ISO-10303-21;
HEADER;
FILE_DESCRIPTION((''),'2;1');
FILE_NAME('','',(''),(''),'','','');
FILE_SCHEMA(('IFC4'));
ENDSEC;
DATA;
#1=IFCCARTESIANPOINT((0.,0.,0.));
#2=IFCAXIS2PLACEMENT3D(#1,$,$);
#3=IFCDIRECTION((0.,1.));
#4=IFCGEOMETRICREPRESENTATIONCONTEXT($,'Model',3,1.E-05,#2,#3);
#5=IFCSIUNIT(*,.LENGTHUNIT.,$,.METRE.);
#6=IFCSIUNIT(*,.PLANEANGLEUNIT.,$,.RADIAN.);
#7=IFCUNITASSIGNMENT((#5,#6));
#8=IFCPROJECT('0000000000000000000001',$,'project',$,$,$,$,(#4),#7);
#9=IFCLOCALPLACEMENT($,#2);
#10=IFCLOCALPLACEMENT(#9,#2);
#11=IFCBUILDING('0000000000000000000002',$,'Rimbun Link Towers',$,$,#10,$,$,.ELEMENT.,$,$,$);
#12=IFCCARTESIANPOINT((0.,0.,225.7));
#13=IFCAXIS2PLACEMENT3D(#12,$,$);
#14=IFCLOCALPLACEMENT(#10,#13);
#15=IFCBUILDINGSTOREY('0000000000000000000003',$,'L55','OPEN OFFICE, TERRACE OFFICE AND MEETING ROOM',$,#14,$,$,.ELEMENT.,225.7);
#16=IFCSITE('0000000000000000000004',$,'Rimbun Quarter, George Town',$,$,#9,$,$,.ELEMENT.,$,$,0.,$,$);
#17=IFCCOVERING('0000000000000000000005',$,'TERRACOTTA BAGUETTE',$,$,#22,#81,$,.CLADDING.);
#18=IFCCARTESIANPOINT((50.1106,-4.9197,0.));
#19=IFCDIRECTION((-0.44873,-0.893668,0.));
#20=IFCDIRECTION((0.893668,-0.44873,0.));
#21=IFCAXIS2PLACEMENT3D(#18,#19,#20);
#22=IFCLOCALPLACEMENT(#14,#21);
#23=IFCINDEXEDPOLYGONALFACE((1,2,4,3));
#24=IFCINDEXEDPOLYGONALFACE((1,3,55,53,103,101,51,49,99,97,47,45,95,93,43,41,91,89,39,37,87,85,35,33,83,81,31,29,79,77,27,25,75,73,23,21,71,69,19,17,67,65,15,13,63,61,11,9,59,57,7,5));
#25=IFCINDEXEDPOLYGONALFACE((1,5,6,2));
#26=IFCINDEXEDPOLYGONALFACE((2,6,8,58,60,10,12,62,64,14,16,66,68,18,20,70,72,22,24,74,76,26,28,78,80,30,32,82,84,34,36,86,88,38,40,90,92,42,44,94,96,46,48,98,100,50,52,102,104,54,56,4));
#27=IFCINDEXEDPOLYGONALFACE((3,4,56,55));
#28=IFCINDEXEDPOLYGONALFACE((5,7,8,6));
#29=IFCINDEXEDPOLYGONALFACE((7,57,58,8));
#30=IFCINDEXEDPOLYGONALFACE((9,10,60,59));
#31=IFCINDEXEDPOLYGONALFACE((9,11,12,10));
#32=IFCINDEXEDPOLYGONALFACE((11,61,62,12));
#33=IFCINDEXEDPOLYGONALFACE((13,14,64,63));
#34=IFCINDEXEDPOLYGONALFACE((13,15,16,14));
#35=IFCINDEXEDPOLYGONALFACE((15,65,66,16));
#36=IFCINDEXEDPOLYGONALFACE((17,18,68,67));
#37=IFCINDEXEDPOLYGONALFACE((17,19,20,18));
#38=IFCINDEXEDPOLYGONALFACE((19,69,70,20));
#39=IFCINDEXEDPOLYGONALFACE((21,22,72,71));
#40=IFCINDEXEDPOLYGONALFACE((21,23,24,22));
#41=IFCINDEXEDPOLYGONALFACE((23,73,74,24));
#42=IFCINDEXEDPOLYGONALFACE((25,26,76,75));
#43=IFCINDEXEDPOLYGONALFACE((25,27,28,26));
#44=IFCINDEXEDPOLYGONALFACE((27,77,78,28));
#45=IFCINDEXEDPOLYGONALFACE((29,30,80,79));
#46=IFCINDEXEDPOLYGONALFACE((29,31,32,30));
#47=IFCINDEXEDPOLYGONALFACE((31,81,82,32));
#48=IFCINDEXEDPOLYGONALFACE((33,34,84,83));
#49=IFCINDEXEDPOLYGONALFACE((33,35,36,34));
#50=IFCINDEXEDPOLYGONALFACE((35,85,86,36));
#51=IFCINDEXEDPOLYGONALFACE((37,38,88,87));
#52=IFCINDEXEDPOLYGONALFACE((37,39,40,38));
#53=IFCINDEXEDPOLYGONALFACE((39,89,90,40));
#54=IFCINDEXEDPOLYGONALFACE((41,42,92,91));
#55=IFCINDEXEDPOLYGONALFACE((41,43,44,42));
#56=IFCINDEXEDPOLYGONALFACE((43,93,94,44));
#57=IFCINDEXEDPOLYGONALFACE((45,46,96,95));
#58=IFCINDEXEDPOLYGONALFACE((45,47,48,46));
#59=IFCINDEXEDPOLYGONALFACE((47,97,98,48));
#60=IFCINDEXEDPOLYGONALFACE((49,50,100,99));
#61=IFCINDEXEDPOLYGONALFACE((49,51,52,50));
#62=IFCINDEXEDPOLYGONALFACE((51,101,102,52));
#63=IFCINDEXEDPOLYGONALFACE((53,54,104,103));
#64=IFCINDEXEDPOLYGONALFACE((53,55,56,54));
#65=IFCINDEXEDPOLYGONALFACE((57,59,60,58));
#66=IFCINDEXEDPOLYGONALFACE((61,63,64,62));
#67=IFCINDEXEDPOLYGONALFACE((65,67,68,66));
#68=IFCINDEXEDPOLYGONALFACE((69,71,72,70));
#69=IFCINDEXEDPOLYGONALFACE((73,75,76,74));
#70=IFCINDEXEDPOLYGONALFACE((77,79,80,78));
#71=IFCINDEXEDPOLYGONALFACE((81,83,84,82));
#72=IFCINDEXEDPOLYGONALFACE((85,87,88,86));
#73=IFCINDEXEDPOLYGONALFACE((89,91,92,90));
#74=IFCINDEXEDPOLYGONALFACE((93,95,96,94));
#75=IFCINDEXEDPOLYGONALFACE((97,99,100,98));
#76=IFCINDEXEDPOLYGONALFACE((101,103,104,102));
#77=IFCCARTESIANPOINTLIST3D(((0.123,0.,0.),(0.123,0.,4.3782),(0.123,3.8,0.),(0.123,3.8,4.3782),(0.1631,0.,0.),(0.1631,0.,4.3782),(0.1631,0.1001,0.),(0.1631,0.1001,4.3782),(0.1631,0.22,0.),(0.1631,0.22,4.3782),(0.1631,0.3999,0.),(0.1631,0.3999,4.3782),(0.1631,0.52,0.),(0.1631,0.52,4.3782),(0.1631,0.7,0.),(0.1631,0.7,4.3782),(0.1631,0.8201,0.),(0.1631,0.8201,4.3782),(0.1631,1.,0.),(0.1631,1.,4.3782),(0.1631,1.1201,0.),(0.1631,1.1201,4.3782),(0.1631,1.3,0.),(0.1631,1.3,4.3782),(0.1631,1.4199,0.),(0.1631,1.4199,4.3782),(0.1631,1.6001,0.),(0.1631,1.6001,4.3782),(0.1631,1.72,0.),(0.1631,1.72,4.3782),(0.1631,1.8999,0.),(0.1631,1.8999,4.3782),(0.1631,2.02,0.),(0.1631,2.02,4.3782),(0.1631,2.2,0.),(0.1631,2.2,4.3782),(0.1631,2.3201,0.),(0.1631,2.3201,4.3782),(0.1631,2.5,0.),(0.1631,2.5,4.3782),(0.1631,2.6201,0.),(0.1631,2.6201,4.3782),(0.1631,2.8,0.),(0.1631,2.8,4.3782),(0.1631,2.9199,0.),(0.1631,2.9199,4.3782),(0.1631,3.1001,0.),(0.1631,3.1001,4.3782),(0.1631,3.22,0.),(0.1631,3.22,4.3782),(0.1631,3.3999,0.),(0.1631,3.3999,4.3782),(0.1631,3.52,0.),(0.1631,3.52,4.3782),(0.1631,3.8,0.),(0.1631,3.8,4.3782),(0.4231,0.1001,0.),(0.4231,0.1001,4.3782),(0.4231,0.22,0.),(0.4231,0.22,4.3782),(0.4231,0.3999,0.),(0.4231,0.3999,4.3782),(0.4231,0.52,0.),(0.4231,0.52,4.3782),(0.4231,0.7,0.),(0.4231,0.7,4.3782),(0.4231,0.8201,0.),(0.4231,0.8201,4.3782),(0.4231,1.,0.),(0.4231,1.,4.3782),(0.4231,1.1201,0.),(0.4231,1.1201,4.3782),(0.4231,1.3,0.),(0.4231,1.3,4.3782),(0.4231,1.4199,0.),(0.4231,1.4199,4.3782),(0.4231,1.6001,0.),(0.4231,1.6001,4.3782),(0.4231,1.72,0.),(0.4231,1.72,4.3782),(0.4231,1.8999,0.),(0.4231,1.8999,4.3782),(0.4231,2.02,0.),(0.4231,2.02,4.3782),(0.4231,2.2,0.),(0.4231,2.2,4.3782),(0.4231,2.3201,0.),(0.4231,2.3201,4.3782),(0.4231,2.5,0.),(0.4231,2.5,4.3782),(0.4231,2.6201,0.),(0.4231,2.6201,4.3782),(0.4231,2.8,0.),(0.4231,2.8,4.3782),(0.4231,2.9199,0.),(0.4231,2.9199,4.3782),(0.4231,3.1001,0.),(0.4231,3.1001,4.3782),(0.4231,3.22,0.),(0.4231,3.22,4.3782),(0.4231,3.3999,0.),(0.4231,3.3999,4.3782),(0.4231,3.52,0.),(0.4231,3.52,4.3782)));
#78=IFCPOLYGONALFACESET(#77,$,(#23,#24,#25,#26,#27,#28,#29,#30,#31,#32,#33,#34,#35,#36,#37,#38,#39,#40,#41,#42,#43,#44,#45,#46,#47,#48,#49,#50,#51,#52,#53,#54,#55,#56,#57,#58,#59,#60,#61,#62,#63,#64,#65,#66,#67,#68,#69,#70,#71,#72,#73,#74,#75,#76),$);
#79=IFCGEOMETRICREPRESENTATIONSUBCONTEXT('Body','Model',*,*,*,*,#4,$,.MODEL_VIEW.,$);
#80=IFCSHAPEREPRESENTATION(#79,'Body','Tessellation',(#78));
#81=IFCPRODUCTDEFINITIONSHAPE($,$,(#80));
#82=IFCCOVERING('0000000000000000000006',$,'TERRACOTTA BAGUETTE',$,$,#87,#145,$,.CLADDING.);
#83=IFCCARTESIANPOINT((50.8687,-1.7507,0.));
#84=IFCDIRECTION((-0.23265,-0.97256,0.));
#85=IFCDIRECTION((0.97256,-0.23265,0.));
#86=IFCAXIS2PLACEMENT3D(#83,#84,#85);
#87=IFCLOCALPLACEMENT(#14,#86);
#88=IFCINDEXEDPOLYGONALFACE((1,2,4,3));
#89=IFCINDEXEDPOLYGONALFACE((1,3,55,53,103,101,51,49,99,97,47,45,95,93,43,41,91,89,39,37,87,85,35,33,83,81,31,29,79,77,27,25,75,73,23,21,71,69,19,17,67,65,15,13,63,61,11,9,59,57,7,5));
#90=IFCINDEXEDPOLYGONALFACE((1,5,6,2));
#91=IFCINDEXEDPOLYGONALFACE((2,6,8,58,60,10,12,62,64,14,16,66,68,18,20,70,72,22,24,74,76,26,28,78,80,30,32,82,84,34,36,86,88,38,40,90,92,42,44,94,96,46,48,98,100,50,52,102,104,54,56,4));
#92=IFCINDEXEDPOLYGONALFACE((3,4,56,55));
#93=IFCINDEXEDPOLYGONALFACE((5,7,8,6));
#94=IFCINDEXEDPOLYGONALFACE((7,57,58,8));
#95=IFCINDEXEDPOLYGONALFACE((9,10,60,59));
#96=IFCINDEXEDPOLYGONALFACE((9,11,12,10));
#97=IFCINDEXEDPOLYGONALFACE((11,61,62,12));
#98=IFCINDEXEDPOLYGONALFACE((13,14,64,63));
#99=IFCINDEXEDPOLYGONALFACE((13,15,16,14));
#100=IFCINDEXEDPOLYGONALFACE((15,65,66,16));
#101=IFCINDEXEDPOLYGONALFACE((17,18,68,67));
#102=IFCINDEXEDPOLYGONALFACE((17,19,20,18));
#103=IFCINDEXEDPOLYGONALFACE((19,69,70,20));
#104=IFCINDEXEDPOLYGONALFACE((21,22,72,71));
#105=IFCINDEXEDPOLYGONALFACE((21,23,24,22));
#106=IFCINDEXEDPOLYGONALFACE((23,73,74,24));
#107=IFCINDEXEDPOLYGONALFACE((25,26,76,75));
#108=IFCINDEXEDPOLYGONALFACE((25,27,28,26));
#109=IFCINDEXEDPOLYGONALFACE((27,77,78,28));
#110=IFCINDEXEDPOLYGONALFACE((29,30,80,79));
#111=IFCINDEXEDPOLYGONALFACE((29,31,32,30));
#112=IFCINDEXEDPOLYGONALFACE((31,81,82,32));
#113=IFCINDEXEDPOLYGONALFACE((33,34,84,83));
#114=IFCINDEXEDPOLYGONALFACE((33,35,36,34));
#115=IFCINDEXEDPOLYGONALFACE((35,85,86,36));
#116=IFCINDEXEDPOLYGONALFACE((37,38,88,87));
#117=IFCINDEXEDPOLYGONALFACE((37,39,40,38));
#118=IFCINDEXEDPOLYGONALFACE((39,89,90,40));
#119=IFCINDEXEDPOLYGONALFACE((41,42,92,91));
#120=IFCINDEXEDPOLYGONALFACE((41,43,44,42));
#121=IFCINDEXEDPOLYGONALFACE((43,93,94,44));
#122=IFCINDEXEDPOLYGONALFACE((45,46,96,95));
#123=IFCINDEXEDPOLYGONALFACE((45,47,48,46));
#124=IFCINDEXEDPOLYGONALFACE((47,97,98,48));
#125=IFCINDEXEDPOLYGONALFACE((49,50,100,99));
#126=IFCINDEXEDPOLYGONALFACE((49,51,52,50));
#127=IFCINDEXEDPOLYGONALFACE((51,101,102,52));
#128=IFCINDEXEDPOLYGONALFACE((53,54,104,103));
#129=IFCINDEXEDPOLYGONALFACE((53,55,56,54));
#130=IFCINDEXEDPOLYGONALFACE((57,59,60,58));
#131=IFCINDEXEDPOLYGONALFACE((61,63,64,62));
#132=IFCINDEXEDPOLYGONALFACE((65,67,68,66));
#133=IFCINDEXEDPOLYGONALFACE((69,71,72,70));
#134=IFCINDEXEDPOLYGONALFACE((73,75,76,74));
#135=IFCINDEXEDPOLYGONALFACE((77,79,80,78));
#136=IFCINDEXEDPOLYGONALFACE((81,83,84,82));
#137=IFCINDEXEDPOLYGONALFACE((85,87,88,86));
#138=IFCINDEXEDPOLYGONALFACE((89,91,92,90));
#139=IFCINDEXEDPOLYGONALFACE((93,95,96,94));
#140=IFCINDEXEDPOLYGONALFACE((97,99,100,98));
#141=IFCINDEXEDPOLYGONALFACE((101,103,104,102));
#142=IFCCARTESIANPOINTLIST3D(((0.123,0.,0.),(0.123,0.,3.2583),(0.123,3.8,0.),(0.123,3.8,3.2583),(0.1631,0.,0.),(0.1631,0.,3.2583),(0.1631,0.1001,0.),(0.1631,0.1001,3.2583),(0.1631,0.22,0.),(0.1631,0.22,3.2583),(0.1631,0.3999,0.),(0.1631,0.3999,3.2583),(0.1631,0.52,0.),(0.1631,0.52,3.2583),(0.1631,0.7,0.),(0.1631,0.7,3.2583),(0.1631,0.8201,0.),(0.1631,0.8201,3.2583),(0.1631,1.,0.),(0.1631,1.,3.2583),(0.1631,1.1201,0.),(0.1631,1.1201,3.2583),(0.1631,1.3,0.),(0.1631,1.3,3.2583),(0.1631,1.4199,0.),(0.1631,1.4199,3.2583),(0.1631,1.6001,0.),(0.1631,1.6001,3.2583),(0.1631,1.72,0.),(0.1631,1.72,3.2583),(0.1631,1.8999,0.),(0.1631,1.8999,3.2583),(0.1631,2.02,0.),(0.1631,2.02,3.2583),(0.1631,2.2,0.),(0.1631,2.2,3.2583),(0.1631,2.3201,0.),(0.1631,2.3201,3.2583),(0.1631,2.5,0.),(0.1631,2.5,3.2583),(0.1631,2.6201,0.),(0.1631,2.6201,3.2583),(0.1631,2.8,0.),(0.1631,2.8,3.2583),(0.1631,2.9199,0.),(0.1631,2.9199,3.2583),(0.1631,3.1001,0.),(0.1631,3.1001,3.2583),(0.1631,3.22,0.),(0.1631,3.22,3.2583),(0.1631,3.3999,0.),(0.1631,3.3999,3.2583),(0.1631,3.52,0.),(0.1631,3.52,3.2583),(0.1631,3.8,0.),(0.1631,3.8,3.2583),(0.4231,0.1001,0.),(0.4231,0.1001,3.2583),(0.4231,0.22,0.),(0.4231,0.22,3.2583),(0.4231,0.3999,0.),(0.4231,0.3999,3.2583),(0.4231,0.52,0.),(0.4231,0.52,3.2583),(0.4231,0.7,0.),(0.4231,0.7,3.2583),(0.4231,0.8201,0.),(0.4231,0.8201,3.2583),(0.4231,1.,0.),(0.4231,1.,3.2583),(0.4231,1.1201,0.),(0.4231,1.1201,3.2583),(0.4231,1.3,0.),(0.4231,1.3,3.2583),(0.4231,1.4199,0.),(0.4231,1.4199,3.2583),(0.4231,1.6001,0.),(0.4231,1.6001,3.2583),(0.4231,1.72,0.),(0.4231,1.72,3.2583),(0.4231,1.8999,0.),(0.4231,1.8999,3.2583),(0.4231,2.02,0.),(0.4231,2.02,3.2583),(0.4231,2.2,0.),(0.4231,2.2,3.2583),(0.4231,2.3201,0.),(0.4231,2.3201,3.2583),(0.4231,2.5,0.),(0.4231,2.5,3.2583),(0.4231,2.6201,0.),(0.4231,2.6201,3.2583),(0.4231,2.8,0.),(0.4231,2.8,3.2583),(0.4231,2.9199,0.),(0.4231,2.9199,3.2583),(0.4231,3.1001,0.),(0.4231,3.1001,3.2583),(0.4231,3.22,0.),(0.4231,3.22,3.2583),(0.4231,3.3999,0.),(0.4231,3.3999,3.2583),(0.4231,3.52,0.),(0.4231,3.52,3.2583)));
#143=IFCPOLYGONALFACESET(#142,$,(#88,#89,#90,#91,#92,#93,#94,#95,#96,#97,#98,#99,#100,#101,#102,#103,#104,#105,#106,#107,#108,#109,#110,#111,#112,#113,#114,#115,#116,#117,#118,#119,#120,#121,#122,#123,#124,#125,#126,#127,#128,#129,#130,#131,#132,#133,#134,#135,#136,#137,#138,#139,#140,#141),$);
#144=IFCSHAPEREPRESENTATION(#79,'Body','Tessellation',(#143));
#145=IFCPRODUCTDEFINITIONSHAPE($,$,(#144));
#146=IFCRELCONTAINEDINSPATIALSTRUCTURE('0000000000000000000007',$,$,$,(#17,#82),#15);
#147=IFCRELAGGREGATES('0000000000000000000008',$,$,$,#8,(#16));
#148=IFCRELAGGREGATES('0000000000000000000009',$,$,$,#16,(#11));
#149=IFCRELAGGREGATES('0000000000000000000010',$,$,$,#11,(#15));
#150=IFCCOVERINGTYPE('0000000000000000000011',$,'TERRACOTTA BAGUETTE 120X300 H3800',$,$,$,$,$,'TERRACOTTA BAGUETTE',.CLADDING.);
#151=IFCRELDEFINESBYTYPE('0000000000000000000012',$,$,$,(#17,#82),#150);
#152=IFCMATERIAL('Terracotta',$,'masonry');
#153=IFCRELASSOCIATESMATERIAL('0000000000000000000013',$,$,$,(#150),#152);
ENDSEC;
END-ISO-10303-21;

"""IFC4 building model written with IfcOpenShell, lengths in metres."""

from ifc_helpers import new_model, si_unit, direction, frame, origin, place, context, subcontext, project, spatial, polyline, outline, extrude, material, material_profile, profile_set, type_object, element, save


model = new_model("IFC4")

# Units and contexts
model_context = context("Model", 3, precision=1e-05, world=origin(), true_north=direction((0.0, 1.0)))
body_context = subcontext(model_context, "Body", "Model", "MODEL_VIEW")
ifc_project = project(units=[si_unit("LENGTHUNIT", "METRE"), si_unit("PLANEANGLEUNIT", "RADIAN")], contexts=[model_context])

# Site, building, storey
site_placement = place(None, origin())
site = spatial("IfcSite", under=ifc_project, at=site_placement, Name="Rimbun Quarter, George Town", CompositionType="ELEMENT", RefElevation=0.0)
building_placement = place(site_placement, origin())
building = spatial("IfcBuilding", under=site, at=building_placement, Name="Rimbun Link Towers", CompositionType="ELEMENT")
storey_placement = place(building_placement, frame((0.0, 0.0, 225.7)))
storey = spatial("IfcBuildingStorey", under=building, at=storey_placement, Name="L55", Description="OPEN OFFICE, TERRACE OFFICE AND MEETING ROOM", CompositionType="ELEMENT", Elevation=225.7)

# Coverings
ifc_material_1 = material(Name="Terracotta", Category="masonry")
ifc_material_profile_1 = material_profile(ifc_material_1, outline(polyline([(0.123, 0.0), (0.1631, 0.0), (0.1631, 0.1001), (0.4231, 0.1001), (0.4231, 0.22), (0.1631, 0.22), (0.1631, 0.3999), (0.4231, 0.3999), (0.4231, 0.52), (0.1631, 0.52), (0.1631, 0.7), (0.4231, 0.7), (0.4231, 0.8201), (0.1631, 0.8201), (0.1631, 1.0), (0.4231, 1.0), (0.4231, 1.1201), (0.1631, 1.1201), (0.1631, 1.3), (0.4231, 1.3), (0.4231, 1.4199), (0.1631, 1.4199), (0.1631, 1.6001), (0.4231, 1.6001), (0.4231, 1.72), (0.1631, 1.72), (0.1631, 1.8999), (0.4231, 1.8999), (0.4231, 2.02), (0.1631, 2.02), (0.1631, 2.2), (0.4231, 2.2), (0.4231, 2.3201), (0.1631, 2.3201), (0.1631, 2.5), (0.4231, 2.5), (0.4231, 2.6201), (0.1631, 2.6201), (0.1631, 2.8), (0.4231, 2.8), (0.4231, 2.9199), (0.1631, 2.9199), (0.1631, 3.1001), (0.4231, 3.1001), (0.4231, 3.22), (0.1631, 3.22), (0.1631, 3.3999), (0.4231, 3.3999), (0.4231, 3.52), (0.1631, 3.52), (0.1631, 3.8), (0.123, 3.8), (0.123, 0.0)])), Name="BAGUETTE 120X300")
ifc_profile_set_1 = profile_set([ifc_material_profile_1], Name="Terracotta")
covering_type = type_object("IfcCoveringType", Name="TERRACOTTA BAGUETTE 120X300 H3800", ElementType="TERRACOTTA BAGUETTE", PredefinedType="CLADDING", material=ifc_profile_set_1)
covering_1_placement = place(storey_placement, frame((50.1106, -4.9197, 0.0), z_axis=(-0.44873, -0.893668, 0.0), x_axis=(0.893668, -0.44873, 0.0)))
element("IfcCovering", 1, at=covering_1_placement, inside=storey, type_object=covering_type, Name="TERRACOTTA BAGUETTE", PredefinedType="CLADDING", context=body_context, shape_type="SweptSolid", body=[
    extrude(outline(polyline([(0.123, 0.0), (0.1631, 0.0), (0.1631, 0.1001), (0.4231, 0.1001), (0.4231, 0.22), (0.1631, 0.22), (0.1631, 0.3999), (0.4231, 0.3999), (0.4231, 0.52), (0.1631, 0.52), (0.1631, 0.7), (0.4231, 0.7), (0.4231, 0.8201), (0.1631, 0.8201), (0.1631, 1.0), (0.4231, 1.0), (0.4231, 1.1201), (0.1631, 1.1201), (0.1631, 1.3), (0.4231, 1.3), (0.4231, 1.4199), (0.1631, 1.4199), (0.1631, 1.6001), (0.4231, 1.6001), (0.4231, 1.72), (0.1631, 1.72), (0.1631, 1.8999), (0.4231, 1.8999), (0.4231, 2.02), (0.1631, 2.02), (0.1631, 2.2), (0.4231, 2.2), (0.4231, 2.3201), (0.1631, 2.3201), (0.1631, 2.5), (0.4231, 2.5), (0.4231, 2.6201), (0.1631, 2.6201), (0.1631, 2.8), (0.4231, 2.8), (0.4231, 2.9199), (0.1631, 2.9199), (0.1631, 3.1001), (0.4231, 3.1001), (0.4231, 3.22), (0.1631, 3.22), (0.1631, 3.3999), (0.4231, 3.3999), (0.4231, 3.52), (0.1631, 3.52), (0.1631, 3.8), (0.123, 3.8), (0.123, 0.0)])), origin(), (0.0, 0.0, 1.0), 4.3782),
])
covering_2_placement = place(storey_placement, frame((50.8687, -1.7507, 0.0), z_axis=(-0.23265, -0.97256, 0.0), x_axis=(0.97256, -0.23265, 0.0)))
element("IfcCovering", 2, at=covering_2_placement, inside=storey, type_object=covering_type, Name="TERRACOTTA BAGUETTE", PredefinedType="CLADDING", context=body_context, shape_type="SweptSolid", body=[
    extrude(outline(polyline([(0.123, 0.0), (0.1631, 0.0), (0.1631, 0.1001), (0.4231, 0.1001), (0.4231, 0.22), (0.1631, 0.22), (0.1631, 0.3999), (0.4231, 0.3999), (0.4231, 0.52), (0.1631, 0.52), (0.1631, 0.7), (0.4231, 0.7), (0.4231, 0.8201), (0.1631, 0.8201), (0.1631, 1.0), (0.4231, 1.0), (0.4231, 1.1201), (0.1631, 1.1201), (0.1631, 1.3), (0.4231, 1.3), (0.4231, 1.4199), (0.1631, 1.4199), (0.1631, 1.6001), (0.4231, 1.6001), (0.4231, 1.72), (0.1631, 1.72), (0.1631, 1.8999), (0.4231, 1.8999), (0.4231, 2.02), (0.1631, 2.02), (0.1631, 2.2), (0.4231, 2.2), (0.4231, 2.3201), (0.1631, 2.3201), (0.1631, 2.5), (0.4231, 2.5), (0.4231, 2.6201), (0.1631, 2.6201), (0.1631, 2.8), (0.4231, 2.8), (0.4231, 2.9199), (0.1631, 2.9199), (0.1631, 3.1001), (0.4231, 3.1001), (0.4231, 3.22), (0.1631, 3.22), (0.1631, 3.3999), (0.4231, 3.3999), (0.4231, 3.52), (0.1631, 3.52), (0.1631, 3.8), (0.123, 3.8), (0.123, 0.0)])), origin(), (0.0, 0.0, 1.0), 3.2583),
])

save(model, "model.ifc")
